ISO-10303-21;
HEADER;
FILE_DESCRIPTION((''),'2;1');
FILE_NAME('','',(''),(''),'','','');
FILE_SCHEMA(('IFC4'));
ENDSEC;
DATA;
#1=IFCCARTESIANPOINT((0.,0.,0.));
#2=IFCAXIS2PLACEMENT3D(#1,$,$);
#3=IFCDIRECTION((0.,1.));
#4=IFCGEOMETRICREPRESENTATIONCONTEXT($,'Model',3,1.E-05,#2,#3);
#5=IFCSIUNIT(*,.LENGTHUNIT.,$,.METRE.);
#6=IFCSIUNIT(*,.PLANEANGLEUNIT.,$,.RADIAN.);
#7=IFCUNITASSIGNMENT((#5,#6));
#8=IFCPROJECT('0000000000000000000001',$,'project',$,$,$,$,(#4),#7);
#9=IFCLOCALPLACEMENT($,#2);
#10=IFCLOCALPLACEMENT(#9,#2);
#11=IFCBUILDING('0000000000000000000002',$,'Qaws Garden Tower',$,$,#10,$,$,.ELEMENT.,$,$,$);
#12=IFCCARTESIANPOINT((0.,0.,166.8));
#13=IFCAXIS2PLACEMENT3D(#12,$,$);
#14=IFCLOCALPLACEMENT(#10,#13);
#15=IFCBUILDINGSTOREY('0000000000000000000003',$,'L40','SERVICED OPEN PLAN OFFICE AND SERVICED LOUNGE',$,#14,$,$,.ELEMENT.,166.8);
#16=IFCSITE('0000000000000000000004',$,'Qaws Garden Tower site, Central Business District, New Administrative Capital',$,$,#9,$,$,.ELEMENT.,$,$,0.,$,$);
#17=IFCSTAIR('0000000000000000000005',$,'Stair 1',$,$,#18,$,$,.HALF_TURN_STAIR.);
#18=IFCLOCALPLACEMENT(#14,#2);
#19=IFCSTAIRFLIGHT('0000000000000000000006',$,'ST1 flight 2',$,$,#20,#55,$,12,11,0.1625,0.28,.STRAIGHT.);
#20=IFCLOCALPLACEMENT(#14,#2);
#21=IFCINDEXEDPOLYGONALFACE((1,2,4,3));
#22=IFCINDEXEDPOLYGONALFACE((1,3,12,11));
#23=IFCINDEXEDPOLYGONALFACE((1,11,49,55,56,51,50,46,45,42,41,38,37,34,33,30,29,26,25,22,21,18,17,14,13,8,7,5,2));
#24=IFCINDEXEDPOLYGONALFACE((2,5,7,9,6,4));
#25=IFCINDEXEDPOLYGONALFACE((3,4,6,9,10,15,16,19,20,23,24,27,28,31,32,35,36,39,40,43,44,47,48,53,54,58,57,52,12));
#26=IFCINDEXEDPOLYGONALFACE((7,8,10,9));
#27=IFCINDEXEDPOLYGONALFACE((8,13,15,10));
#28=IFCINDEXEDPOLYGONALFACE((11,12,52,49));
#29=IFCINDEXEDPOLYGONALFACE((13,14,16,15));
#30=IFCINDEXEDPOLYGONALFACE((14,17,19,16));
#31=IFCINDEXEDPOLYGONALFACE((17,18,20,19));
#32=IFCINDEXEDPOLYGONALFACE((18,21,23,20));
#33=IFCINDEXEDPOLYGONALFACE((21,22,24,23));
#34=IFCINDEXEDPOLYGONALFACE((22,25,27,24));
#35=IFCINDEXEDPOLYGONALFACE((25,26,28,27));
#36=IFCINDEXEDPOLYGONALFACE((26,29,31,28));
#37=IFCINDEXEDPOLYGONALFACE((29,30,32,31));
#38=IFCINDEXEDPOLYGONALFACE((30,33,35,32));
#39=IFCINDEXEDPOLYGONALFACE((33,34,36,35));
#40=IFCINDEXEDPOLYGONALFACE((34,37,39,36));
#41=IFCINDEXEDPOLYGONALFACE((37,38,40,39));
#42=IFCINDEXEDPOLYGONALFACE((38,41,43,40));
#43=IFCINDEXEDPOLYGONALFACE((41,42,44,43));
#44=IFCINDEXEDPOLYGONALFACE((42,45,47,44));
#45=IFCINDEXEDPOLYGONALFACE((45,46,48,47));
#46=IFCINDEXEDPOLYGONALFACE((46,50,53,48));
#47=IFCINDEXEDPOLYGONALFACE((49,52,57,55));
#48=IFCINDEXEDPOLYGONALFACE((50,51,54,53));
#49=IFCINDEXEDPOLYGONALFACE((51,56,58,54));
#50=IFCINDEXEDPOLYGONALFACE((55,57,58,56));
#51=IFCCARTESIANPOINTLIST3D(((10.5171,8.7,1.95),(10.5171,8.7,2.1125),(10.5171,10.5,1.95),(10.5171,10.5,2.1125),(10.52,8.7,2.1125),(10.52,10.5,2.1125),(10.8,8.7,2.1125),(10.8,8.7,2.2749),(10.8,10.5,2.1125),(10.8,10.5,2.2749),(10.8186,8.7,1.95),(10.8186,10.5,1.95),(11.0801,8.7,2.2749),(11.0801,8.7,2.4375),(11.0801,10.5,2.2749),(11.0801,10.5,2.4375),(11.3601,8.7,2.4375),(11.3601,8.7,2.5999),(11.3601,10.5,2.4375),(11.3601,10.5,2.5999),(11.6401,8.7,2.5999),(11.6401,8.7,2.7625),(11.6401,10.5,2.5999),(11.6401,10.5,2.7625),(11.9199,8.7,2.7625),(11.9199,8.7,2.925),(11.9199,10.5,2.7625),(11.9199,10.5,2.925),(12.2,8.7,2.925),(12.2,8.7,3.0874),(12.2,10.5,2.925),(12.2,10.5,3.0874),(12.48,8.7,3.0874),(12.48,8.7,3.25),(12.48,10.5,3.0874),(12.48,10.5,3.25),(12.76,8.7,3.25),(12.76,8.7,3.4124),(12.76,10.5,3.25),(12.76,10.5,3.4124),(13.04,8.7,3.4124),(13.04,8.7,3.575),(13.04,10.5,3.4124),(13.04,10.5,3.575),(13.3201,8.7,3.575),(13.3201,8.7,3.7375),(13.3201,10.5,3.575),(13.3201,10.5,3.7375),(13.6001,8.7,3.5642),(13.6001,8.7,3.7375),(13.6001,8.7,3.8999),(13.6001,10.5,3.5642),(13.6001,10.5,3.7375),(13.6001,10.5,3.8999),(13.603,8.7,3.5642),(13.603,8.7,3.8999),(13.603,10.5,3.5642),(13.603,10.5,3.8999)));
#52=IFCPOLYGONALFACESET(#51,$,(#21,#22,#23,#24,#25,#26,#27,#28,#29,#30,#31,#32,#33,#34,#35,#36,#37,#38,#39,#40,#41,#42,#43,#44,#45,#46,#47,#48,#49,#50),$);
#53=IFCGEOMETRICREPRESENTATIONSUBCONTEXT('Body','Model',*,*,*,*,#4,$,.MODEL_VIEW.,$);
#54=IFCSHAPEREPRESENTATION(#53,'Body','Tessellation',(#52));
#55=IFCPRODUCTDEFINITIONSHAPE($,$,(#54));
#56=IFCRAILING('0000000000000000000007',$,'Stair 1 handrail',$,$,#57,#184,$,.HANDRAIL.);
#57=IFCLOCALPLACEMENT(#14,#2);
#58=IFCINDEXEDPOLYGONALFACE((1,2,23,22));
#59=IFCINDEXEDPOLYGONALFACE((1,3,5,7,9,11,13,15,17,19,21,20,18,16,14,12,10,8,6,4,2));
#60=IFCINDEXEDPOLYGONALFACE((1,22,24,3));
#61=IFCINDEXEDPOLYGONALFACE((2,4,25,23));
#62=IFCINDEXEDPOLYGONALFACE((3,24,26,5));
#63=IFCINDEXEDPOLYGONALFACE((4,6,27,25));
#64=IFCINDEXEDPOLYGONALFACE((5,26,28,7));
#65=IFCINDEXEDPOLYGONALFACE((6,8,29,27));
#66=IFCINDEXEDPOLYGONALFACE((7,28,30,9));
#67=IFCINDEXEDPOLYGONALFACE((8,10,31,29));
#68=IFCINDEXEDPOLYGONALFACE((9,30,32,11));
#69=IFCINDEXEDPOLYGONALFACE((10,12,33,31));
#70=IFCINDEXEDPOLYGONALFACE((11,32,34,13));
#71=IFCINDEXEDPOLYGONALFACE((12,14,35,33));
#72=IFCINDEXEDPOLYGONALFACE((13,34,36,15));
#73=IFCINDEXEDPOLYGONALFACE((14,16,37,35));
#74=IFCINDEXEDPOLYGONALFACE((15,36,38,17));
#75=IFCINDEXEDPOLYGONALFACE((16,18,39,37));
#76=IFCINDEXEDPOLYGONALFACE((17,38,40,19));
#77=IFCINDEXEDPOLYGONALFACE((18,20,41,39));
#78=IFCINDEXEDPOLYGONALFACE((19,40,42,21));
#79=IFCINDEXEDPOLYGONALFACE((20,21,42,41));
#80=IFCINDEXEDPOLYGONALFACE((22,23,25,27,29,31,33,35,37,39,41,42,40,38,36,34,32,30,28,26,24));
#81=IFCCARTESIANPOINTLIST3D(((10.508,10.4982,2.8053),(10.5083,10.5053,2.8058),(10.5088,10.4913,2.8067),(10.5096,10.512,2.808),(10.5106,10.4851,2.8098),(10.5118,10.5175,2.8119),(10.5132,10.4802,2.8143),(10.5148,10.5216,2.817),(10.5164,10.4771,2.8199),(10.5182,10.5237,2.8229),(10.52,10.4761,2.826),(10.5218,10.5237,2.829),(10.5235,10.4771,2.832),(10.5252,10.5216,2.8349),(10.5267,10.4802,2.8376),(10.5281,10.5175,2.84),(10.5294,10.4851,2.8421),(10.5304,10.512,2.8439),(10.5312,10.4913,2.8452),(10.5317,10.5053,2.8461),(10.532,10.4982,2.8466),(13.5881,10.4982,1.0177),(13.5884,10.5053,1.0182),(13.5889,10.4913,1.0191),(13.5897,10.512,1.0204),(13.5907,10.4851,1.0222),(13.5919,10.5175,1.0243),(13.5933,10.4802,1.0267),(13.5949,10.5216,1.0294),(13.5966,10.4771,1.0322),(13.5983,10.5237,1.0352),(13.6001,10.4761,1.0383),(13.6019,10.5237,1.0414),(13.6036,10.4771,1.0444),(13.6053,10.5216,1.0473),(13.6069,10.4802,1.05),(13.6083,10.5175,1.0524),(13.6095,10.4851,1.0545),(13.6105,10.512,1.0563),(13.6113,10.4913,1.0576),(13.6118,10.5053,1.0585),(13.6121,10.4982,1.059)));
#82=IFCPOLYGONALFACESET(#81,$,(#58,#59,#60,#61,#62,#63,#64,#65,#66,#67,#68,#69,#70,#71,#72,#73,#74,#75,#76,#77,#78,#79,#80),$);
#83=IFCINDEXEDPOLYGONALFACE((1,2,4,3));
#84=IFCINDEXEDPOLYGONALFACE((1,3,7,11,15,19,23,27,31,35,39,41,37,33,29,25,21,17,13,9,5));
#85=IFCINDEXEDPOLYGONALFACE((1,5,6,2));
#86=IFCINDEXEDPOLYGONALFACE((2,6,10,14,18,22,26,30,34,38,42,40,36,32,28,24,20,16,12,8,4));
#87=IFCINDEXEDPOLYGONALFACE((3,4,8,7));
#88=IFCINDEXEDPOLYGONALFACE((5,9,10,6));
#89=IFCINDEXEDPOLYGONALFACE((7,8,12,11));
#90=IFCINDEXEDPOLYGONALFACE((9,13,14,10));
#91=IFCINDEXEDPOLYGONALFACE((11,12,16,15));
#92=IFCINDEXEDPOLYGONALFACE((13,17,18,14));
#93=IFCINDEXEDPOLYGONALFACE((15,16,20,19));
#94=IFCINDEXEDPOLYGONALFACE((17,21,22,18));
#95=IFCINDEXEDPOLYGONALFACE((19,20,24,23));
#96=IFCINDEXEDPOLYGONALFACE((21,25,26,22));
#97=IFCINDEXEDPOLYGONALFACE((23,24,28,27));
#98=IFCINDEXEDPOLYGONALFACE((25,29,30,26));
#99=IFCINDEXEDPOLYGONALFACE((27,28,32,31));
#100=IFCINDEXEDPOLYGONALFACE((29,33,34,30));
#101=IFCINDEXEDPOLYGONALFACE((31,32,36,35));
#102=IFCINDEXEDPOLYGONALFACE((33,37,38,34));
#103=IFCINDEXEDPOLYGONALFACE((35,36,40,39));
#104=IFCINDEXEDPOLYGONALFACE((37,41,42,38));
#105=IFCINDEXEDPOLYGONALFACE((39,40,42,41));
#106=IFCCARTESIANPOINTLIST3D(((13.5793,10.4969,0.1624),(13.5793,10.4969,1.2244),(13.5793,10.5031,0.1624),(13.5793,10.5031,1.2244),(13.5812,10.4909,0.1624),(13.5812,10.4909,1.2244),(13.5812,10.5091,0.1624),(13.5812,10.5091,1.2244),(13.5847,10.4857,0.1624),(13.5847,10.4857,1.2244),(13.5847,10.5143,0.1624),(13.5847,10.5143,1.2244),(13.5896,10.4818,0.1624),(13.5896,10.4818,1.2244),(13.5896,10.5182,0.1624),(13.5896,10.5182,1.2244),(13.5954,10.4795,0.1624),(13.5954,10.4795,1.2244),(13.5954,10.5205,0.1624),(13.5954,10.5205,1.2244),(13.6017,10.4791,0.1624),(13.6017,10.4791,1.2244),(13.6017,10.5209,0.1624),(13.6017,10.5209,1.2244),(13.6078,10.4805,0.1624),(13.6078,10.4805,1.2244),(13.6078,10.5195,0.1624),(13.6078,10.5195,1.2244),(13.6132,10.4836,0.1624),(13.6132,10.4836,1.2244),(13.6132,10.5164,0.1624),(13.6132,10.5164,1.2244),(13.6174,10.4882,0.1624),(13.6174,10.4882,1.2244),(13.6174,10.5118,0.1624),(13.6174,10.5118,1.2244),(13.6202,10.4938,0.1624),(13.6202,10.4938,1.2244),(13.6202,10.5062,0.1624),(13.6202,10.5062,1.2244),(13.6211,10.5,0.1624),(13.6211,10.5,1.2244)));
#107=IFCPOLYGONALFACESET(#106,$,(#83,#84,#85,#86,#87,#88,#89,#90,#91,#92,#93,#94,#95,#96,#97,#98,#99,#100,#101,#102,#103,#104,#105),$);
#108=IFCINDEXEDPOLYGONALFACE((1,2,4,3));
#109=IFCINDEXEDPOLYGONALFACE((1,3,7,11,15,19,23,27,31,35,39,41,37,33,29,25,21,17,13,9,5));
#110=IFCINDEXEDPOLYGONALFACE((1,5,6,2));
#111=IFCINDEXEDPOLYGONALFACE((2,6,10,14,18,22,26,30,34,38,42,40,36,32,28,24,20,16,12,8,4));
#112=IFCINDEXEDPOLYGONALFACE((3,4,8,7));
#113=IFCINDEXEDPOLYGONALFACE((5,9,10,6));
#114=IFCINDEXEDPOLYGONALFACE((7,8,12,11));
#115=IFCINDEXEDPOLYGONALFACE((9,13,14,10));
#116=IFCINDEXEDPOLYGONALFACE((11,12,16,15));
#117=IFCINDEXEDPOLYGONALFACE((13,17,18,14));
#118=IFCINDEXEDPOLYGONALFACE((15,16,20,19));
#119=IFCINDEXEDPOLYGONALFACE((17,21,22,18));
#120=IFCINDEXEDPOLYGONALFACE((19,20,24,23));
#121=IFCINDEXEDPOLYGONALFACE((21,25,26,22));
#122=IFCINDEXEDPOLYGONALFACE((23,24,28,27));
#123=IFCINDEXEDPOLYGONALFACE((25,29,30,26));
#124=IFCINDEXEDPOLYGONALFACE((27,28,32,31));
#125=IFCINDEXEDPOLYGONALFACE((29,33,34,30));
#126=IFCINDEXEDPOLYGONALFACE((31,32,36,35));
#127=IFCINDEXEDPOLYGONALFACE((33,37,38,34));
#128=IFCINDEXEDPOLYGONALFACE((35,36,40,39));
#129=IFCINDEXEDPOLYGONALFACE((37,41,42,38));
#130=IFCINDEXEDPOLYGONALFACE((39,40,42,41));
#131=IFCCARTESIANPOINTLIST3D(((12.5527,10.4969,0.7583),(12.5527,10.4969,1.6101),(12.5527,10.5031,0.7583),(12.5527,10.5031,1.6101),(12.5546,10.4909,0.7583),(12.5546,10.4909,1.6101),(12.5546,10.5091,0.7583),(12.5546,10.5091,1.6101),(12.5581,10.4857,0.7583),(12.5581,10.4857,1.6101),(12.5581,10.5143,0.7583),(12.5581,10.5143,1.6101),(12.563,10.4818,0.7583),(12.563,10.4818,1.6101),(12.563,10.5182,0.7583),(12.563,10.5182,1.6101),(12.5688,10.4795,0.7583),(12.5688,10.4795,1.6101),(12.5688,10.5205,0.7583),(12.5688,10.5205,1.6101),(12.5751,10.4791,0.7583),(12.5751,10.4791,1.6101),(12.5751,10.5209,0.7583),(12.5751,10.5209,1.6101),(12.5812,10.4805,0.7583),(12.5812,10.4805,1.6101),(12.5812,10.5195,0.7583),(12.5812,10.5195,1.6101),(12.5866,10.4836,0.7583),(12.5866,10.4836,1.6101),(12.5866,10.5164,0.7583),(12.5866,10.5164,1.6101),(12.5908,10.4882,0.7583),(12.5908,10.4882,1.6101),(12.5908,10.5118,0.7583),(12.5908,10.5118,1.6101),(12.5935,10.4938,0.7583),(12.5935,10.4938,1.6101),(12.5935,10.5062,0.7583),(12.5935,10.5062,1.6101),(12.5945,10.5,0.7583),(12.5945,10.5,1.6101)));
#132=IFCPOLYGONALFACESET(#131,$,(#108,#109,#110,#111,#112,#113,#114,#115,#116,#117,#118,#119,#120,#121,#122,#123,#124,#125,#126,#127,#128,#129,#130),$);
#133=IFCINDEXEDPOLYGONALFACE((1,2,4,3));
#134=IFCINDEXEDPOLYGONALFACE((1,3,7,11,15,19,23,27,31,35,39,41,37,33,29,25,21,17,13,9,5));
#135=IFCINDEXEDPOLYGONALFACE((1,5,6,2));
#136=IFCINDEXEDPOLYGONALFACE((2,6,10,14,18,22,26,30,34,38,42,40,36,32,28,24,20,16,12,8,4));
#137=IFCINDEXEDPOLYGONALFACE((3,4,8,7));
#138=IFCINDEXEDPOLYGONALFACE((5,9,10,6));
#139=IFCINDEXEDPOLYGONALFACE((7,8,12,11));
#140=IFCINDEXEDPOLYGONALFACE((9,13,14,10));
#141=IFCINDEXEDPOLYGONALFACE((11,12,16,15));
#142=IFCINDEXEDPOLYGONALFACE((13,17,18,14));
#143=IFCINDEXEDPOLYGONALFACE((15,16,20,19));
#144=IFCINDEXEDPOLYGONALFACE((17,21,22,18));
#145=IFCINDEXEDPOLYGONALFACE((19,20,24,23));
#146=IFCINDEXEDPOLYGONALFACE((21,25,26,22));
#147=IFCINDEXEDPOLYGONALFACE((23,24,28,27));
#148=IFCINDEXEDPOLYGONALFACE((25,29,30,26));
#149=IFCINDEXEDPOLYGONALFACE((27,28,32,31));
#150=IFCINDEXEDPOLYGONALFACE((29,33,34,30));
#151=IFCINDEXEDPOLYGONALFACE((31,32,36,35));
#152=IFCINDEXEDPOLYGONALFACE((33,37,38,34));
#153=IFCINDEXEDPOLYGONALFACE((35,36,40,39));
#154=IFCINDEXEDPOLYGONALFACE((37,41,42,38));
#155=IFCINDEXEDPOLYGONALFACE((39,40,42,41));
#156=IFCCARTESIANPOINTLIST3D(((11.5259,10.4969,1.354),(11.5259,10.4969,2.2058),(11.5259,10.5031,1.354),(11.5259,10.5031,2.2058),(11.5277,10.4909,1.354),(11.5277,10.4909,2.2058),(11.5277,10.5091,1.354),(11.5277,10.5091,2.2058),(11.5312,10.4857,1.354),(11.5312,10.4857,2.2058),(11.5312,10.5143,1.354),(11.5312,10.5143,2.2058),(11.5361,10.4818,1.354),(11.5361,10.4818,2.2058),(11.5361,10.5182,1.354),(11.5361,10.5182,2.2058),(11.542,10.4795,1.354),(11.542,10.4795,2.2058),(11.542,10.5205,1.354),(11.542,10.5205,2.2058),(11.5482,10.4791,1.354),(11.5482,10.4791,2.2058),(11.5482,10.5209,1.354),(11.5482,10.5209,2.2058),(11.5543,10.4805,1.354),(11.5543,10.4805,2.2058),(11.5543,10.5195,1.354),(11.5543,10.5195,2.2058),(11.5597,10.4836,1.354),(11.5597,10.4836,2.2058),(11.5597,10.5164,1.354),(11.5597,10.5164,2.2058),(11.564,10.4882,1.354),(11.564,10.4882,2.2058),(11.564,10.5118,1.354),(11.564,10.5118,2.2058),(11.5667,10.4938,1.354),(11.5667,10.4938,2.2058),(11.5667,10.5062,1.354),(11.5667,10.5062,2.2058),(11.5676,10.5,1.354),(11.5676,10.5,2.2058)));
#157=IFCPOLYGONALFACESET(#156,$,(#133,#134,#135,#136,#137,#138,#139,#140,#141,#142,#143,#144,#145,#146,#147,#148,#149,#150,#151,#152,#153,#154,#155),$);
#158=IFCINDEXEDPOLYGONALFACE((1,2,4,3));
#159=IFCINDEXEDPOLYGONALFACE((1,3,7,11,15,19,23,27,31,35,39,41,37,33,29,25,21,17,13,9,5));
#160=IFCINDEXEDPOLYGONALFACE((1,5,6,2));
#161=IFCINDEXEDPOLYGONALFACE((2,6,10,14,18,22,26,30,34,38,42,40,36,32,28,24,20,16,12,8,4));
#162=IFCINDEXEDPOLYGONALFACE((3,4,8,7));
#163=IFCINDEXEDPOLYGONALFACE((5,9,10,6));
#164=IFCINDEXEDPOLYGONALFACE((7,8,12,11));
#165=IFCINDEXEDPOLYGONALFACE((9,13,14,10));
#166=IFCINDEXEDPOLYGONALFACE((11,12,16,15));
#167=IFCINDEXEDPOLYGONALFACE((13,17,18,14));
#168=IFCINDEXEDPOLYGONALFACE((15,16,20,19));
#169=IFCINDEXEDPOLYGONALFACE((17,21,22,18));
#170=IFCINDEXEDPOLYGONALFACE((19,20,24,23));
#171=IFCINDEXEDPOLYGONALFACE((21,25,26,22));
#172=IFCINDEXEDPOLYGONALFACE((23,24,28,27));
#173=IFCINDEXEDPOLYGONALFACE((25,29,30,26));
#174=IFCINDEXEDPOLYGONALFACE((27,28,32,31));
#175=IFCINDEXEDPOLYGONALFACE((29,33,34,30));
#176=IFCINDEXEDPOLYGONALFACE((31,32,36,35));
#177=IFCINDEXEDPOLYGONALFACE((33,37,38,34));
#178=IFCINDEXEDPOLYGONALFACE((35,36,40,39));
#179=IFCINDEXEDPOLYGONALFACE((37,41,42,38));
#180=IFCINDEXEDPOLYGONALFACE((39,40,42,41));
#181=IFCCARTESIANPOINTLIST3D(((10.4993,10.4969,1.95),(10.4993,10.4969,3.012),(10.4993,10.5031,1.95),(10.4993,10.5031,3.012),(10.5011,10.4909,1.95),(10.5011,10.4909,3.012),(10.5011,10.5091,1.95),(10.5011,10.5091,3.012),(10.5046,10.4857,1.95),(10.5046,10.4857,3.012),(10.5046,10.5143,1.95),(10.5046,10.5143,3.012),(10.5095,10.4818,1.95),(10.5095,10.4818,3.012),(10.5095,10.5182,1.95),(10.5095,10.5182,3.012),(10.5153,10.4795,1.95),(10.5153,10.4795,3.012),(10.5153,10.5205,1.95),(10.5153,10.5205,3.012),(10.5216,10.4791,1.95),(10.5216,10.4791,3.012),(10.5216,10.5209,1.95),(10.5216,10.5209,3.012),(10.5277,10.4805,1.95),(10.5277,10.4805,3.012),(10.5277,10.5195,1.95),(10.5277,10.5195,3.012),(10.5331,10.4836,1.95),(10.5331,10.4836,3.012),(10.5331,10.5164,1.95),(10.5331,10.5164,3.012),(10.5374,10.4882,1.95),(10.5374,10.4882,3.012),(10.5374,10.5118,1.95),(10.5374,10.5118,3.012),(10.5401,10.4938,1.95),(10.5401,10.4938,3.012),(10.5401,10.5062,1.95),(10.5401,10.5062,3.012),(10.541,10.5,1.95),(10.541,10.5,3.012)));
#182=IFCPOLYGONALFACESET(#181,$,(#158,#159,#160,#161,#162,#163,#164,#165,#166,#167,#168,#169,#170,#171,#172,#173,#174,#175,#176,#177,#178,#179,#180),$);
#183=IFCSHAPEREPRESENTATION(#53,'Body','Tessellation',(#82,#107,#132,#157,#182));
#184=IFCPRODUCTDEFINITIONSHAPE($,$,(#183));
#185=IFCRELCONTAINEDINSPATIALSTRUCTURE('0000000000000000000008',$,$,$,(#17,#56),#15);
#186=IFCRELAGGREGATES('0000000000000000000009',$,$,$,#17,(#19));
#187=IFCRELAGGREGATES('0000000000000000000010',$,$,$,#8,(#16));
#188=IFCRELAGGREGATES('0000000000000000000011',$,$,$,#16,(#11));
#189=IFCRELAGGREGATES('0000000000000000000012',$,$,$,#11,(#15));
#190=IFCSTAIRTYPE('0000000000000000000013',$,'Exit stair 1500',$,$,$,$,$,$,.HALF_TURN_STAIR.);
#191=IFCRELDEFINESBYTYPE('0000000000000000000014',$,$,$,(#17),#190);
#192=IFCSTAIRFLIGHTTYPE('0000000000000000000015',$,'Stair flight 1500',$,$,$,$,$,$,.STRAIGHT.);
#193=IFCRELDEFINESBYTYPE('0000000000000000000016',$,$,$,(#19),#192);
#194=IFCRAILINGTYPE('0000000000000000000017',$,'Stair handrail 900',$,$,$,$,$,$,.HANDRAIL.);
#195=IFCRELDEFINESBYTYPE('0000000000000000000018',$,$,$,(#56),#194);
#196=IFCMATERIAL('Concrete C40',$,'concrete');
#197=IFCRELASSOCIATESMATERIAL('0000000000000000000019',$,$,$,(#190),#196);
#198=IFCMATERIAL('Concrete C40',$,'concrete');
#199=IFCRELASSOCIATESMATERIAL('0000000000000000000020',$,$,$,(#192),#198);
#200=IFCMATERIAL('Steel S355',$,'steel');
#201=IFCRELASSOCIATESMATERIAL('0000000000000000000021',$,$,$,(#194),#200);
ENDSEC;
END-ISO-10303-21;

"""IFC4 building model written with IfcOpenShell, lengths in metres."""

from ifc_helpers import new_model, si_unit, direction, frame, origin, origin_2d, place, context, subcontext, project, spatial, polyline, circle, outline, extrude, material, type_object, element, aggregate, save


model = new_model("IFC4")

# Units and contexts
model_context = context("Model", 3, precision=1e-05, world=origin(), true_north=direction((0.0, 1.0)))
body_context = subcontext(model_context, "Body", "Model", "MODEL_VIEW")
ifc_project = project(units=[si_unit("LENGTHUNIT", "METRE"), si_unit("PLANEANGLEUNIT", "RADIAN")], contexts=[model_context])

# Site, building, storey
site_placement = place(None, origin())
site = spatial("IfcSite", under=ifc_project, at=site_placement, Name="Qaws Garden Tower site, Central Business District, New Administrative Capital", CompositionType="ELEMENT", RefElevation=0.0)
building_placement = place(site_placement, origin())
building = spatial("IfcBuilding", under=site, at=building_placement, Name="Qaws Garden Tower", CompositionType="ELEMENT")
storey_placement = place(building_placement, frame((0.0, 0.0, 166.8)))
storey = spatial("IfcBuildingStorey", under=building, at=storey_placement, Name="L40", Description="SERVICED OPEN PLAN OFFICE AND SERVICED LOUNGE", CompositionType="ELEMENT", Elevation=166.8)

# Stair, stair flight
ifc_material_1 = material(Name="Concrete C40", Category="concrete")
stair_type = type_object("IfcStairType", Name="Exit stair 1500", PredefinedType="HALF_TURN_STAIR", material=ifc_material_1)
stair_placement = place(storey_placement, origin())
stair = element("IfcStair", 1, at=stair_placement, inside=storey, type_object=stair_type, Name="Stair 1", PredefinedType="HALF_TURN_STAIR")
ifc_material_2 = material(Name="Concrete C40", Category="concrete")
stair_flight_type = type_object("IfcStairFlightType", Name="Stair flight 1500", PredefinedType="STRAIGHT", material=ifc_material_2)
stair_flight_1_placement = place(storey_placement, frame((10.52, 9.6001, 1.95), z_axis=(0.0, 0.0, 1.0), x_axis=(1.0, 0.0, 0.0)))
stair_flight_1 = element("IfcStairFlight", 2, at=stair_flight_1_placement, type_object=stair_flight_type, Name="ST1 flight 2", NumberOfRisers=12, NumberOfTreads=11, PredefinedType="STRAIGHT", RiserHeight=0.1625, TreadLength=0.28, context=body_context, shape_type="SweptSolid", body=[
    extrude(outline(polyline([(-0.0029, 0.0), (-0.0029, 0.1626), (0.0, 0.1626), (0.28, 0.1626), (0.28, 0.325), (0.5601, 0.325), (0.5601, 0.4875), (0.8401, 0.4875), (0.8401, 0.6499), (1.1201, 0.6499), (1.1201, 0.8125), (1.3999, 0.8125), (1.3999, 0.9751), (1.6799, 0.9751), (1.6799, 1.1375), (1.96, 1.1375), (1.96, 1.3), (2.24, 1.3), (2.24, 1.4624), (2.52, 1.4624), (2.52, 1.625), (2.8, 1.625), (2.8, 1.7876), (3.0801, 1.7876), (3.0801, 1.95), (3.083, 1.95), (3.083, 1.6143), (3.0801, 1.6143), (0.2986, 0.0), (-0.0029, 0.0)])), frame((0.0, 0.8999, 0.0), z_axis=(0.0, -1.0, 0.0), x_axis=(1.0, 0.0, 0.0)), (0.0, 0.0, 1.0), 1.8),
])
aggregate(stair, [stair_flight_1])

# Railing
ifc_material_3 = material(Name="Steel S355", Category="steel")
railing_type = type_object("IfcRailingType", Name="Stair handrail 900", PredefinedType="HANDRAIL", material=ifc_material_3)
railing_1_placement = place(storey_placement, frame((13.6001, 10.5, 0.1624)))
element("IfcRailing", 3, at=railing_1_placement, inside=storey, type_object=railing_type, Name="Stair 1 handrail", PredefinedType="HANDRAIL", context=body_context, shape_type="SweptSolid", body=[
    extrude(circle(Radius=0.0239, at=origin_2d()), frame((0.0, 0.0, 0.876), z_axis=(-0.864891, 0.0, 0.50196), x_axis=(0.0, -1.0, 0.0)), (0.0, 0.0, 1.0), 3.5613),
    extrude(circle(Radius=0.021, at=origin_2d()), origin(), (0.0, 0.0, 1.0), 1.062),
    extrude(circle(Radius=0.021, at=origin_2d()), frame((-1.0266, 0.0, 0.5959)), (0.0, 0.0, 1.0), 0.8518),
    extrude(circle(Radius=0.021, at=origin_2d()), frame((-2.0535, 0.0, 1.1917)), (0.0, 0.0, 1.0), 0.8518),
    extrude(circle(Radius=0.021, at=origin_2d()), frame((-3.0801, 0.0, 1.7876)), (0.0, 0.0, 1.0), 1.062),
])

save(model, "model.ifc")
